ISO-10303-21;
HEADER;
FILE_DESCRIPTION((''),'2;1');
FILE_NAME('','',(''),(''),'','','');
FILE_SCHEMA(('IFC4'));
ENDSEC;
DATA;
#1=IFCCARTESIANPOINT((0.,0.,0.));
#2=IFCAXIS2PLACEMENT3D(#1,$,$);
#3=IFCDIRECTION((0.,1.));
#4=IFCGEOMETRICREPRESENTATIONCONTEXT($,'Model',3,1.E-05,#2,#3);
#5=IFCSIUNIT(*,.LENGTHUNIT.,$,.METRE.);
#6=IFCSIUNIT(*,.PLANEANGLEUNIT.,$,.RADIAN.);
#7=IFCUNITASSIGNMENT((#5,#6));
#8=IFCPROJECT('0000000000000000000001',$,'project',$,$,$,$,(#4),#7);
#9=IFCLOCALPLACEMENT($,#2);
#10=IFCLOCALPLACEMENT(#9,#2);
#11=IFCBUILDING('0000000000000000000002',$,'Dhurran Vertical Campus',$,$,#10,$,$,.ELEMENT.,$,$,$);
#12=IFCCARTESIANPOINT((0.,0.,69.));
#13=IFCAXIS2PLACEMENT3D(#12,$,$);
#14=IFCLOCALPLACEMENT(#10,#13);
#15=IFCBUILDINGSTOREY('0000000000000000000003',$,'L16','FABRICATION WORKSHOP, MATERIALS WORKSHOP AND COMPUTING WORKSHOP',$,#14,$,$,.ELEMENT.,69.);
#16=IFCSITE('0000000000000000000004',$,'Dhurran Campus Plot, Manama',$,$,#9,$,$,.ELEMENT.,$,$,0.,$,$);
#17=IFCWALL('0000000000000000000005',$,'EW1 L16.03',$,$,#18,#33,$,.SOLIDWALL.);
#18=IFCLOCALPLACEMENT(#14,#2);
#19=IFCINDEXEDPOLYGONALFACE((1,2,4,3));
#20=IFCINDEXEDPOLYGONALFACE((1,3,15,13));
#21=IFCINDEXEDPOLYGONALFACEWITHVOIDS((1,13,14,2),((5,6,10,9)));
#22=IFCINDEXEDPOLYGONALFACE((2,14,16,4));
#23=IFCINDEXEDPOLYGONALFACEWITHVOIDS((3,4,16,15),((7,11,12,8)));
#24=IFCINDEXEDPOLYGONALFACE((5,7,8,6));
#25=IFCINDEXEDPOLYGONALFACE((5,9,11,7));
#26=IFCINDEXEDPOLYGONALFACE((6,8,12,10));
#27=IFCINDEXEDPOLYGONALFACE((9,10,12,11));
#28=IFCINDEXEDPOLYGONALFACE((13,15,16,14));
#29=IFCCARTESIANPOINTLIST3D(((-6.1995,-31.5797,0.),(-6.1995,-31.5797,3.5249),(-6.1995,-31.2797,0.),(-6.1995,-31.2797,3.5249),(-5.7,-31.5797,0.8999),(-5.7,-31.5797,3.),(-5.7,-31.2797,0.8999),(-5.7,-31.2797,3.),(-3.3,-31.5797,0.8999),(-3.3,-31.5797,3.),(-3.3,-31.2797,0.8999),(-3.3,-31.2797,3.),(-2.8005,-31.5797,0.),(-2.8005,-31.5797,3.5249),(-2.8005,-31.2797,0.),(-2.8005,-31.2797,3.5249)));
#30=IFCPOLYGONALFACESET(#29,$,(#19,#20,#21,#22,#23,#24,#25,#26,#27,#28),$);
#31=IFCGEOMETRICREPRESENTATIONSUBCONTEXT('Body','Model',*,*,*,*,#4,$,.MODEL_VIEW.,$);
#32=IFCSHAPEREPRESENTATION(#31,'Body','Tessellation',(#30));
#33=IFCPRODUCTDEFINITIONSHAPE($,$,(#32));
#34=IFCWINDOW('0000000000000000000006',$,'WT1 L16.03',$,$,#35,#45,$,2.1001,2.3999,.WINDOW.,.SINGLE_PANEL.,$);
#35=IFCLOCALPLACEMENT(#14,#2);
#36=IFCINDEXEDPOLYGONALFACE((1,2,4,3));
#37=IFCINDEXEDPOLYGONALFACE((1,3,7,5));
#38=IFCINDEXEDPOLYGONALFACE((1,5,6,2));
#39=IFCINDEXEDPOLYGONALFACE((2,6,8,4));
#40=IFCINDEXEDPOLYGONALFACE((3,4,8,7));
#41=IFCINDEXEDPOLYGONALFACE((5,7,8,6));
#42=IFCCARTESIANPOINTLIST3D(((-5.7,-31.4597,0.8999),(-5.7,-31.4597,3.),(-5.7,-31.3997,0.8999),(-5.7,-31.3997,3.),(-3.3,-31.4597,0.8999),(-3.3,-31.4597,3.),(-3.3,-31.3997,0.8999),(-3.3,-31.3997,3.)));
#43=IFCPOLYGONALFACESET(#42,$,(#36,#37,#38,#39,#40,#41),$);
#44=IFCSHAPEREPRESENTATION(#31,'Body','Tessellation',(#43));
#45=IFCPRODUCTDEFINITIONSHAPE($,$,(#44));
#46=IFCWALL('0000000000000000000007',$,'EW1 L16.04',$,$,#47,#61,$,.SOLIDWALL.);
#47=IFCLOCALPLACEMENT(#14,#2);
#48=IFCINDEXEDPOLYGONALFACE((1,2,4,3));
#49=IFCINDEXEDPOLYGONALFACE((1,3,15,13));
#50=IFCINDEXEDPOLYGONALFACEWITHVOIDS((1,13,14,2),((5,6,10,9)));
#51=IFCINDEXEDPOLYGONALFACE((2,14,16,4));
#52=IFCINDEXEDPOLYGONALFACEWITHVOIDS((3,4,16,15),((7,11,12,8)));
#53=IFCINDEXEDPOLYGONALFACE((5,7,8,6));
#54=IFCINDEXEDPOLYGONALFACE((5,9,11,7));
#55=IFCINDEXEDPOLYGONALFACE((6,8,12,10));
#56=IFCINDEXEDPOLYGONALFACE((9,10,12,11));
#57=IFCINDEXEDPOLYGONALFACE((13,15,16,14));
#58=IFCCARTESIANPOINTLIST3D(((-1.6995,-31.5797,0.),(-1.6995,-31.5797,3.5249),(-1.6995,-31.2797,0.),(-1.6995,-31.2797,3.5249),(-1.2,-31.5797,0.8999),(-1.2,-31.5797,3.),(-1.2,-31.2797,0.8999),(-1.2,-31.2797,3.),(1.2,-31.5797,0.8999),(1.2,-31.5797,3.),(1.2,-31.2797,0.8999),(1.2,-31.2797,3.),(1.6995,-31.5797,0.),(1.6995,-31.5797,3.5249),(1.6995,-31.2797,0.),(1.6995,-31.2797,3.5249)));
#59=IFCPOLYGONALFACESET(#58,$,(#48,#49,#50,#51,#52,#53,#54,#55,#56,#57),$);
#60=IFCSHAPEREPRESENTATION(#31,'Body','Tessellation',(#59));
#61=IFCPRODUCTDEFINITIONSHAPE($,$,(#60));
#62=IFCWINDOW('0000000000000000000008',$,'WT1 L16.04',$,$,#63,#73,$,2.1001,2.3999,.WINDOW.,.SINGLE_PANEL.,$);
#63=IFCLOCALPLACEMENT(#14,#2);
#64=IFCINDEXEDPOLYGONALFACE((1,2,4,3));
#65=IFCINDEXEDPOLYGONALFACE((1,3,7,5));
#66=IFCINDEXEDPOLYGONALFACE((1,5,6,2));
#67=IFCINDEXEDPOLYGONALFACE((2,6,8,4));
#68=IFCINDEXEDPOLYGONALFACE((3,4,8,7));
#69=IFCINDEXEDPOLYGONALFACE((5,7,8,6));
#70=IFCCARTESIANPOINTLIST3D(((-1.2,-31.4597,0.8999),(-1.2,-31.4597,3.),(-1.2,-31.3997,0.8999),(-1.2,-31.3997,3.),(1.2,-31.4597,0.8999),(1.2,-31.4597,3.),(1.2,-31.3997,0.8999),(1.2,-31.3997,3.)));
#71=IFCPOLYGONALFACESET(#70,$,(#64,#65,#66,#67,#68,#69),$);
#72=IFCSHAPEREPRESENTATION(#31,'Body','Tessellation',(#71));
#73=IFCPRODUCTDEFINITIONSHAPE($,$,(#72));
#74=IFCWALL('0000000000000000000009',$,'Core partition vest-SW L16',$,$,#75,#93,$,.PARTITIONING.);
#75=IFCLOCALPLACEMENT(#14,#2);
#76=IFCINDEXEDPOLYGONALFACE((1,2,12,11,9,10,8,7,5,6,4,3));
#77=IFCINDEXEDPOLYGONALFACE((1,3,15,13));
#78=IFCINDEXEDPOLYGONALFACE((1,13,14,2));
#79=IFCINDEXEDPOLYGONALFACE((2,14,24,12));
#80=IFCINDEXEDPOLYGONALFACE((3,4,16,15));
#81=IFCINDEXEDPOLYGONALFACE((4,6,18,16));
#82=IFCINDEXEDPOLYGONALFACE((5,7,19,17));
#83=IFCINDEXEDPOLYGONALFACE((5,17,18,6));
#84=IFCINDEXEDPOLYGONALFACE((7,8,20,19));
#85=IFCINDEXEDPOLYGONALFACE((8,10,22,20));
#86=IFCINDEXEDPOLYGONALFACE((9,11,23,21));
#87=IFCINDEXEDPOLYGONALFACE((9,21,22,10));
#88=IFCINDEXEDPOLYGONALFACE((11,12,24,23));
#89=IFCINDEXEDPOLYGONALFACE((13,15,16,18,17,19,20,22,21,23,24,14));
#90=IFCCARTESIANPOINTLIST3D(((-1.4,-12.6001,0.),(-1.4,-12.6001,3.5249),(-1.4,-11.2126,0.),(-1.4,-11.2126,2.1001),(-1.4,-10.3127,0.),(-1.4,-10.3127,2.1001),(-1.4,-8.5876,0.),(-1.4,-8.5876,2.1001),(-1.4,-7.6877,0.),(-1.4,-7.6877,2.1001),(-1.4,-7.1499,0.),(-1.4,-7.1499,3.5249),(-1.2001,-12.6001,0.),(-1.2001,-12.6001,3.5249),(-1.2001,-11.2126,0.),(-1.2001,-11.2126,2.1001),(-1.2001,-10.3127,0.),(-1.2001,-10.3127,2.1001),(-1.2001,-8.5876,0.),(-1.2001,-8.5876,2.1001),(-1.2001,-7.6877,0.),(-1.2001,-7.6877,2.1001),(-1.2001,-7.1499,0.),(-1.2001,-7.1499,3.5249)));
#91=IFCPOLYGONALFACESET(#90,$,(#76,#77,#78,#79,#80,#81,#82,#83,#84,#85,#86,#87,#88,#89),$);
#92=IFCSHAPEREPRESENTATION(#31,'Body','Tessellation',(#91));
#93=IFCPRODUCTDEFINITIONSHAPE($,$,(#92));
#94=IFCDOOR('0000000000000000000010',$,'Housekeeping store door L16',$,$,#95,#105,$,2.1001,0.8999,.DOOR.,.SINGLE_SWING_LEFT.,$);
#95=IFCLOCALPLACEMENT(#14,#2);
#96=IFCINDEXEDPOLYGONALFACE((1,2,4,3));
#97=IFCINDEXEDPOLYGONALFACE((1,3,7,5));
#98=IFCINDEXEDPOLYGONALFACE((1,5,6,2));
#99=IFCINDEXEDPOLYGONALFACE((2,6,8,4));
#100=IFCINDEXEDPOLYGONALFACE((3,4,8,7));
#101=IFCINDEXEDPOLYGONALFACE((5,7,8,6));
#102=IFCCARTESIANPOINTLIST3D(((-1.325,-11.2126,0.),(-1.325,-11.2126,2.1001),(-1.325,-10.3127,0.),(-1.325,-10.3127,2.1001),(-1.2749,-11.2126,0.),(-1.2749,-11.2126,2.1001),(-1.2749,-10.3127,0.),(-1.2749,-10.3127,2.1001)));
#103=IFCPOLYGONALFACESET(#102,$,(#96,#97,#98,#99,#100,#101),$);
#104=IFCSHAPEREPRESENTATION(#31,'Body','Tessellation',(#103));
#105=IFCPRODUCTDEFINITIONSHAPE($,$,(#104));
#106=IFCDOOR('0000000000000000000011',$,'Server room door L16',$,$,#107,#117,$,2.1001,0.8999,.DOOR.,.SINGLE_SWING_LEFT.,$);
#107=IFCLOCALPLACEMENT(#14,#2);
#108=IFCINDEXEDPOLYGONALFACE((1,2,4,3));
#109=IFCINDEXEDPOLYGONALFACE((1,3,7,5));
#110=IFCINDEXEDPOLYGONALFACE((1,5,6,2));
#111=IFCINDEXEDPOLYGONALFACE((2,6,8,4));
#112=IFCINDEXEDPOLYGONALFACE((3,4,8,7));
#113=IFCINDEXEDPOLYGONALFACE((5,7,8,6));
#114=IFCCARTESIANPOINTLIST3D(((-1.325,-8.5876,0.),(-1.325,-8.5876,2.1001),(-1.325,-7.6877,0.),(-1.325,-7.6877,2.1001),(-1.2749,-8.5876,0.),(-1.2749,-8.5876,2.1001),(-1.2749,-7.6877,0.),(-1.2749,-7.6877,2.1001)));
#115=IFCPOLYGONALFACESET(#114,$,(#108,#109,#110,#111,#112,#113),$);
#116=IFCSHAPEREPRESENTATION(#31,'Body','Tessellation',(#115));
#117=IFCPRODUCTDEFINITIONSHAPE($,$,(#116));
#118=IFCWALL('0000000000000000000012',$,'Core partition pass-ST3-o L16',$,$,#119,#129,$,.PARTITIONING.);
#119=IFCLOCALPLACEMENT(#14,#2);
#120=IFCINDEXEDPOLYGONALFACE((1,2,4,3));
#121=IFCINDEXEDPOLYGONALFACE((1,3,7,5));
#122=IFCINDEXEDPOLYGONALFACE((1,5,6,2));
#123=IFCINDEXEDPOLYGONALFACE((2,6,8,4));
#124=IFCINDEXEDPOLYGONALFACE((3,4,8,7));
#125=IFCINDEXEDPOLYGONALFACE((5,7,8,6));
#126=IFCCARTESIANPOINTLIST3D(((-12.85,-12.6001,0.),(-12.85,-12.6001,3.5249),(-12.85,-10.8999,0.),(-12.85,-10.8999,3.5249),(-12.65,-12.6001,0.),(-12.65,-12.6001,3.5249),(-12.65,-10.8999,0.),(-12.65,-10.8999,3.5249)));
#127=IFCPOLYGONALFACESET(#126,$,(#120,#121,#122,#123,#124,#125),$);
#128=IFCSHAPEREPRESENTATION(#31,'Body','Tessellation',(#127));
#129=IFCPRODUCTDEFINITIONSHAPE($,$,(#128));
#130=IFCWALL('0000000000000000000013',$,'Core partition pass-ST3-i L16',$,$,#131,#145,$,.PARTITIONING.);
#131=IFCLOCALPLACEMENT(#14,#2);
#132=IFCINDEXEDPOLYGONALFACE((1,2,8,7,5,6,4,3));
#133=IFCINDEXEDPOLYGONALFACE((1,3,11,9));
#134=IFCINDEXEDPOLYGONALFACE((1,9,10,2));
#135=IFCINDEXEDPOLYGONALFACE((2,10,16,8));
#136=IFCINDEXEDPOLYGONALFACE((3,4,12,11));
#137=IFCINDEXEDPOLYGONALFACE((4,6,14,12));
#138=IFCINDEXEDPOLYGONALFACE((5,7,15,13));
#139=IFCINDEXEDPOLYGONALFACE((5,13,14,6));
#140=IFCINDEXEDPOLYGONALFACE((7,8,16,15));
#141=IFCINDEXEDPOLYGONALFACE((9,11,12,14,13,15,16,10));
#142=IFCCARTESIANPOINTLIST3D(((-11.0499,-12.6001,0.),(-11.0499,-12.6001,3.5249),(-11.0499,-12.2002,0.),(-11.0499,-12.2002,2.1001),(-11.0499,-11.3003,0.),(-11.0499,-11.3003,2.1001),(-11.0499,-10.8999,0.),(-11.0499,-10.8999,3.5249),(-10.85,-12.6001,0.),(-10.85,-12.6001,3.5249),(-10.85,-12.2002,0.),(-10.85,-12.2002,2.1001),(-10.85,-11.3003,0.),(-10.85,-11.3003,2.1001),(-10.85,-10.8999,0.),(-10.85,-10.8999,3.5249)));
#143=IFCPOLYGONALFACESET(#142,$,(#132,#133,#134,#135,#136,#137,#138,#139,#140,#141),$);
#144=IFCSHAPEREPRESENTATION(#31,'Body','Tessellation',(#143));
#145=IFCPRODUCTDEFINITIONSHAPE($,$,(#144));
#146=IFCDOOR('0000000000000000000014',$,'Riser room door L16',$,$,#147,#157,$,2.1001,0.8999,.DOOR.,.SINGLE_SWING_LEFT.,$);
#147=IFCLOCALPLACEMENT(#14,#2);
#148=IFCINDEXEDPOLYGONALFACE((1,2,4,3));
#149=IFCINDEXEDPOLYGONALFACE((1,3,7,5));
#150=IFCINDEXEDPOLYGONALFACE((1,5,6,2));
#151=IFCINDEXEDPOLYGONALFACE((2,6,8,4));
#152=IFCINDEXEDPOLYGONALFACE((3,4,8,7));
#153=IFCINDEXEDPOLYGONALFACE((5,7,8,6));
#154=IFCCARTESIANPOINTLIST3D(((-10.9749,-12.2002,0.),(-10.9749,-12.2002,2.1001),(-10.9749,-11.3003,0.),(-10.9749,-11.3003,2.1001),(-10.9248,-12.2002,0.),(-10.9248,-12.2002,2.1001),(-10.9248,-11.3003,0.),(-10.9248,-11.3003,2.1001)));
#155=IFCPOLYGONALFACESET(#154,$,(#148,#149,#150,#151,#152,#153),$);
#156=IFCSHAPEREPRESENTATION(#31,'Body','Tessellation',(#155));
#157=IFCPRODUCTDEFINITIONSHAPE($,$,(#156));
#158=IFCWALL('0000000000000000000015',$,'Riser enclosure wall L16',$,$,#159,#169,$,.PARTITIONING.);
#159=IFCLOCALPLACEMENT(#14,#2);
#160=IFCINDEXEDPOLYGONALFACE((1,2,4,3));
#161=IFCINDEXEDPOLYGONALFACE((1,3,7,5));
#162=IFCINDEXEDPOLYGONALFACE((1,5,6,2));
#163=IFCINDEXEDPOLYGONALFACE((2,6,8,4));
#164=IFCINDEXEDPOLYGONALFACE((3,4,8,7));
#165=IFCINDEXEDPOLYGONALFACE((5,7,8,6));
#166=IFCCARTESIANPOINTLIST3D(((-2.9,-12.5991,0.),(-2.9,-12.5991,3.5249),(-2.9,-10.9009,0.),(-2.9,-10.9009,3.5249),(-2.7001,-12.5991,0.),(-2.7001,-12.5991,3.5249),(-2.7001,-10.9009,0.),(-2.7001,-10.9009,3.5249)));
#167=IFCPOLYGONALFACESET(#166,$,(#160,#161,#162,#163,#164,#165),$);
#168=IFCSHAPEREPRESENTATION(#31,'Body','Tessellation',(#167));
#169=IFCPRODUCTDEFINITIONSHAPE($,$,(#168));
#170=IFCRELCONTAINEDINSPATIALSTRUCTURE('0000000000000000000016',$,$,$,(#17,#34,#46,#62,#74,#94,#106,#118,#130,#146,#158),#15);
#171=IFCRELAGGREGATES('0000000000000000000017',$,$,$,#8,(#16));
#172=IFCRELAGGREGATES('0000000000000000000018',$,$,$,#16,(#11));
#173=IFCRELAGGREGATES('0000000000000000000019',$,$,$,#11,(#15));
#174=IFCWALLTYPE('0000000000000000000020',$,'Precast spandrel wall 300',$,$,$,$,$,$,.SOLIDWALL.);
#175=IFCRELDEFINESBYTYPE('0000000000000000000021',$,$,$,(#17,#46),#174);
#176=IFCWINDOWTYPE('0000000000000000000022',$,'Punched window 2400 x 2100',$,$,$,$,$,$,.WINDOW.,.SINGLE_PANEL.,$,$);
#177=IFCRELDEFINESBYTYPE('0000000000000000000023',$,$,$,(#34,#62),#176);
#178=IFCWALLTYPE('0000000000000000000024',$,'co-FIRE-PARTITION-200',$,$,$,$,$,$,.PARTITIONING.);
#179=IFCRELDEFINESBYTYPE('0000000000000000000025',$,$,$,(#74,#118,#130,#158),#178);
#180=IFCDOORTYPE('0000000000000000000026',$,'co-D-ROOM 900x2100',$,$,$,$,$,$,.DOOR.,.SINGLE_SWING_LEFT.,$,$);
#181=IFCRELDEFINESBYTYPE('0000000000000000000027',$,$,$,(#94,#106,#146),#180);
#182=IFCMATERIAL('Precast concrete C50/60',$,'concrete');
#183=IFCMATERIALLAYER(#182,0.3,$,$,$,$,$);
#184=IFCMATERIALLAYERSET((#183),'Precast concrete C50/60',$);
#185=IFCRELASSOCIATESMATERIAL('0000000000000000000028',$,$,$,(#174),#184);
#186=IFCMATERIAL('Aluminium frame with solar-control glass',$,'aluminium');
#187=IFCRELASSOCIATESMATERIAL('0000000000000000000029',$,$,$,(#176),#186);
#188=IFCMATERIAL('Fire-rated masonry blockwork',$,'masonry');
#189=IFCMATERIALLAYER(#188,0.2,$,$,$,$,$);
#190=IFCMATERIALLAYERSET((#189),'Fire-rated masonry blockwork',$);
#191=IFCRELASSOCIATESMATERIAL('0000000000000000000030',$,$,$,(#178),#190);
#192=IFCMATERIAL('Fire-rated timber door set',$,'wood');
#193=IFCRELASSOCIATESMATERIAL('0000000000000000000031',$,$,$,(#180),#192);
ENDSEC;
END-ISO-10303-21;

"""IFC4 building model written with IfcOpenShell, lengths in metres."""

from ifc_helpers import new_model, si_unit, direction, frame, frame_2d, origin, place, context, subcontext, project, spatial, rectangle, extrude, material, layer, layer_set, type_object, element, fill, save


model = new_model("IFC4")

# Units and contexts
model_context = context("Model", 3, precision=1e-05, world=origin(), true_north=direction((0.0, 1.0)))
body_context = subcontext(model_context, "Body", "Model", "MODEL_VIEW")
ifc_project = project(units=[si_unit("LENGTHUNIT", "METRE"), si_unit("PLANEANGLEUNIT", "RADIAN")], contexts=[model_context])

# Site, building, storey
site_placement = place(None, origin())
site = spatial("IfcSite", under=ifc_project, at=site_placement, Name="Dhurran Campus Plot, Manama", CompositionType="ELEMENT", RefElevation=0.0)
building_placement = place(site_placement, origin())
building = spatial("IfcBuilding", under=site, at=building_placement, Name="Dhurran Vertical Campus", CompositionType="ELEMENT")
storey_placement = place(building_placement, frame((0.0, 0.0, 69.0)))
storey = spatial("IfcBuildingStorey", under=building, at=storey_placement, Name="L16", Description="FABRICATION WORKSHOP, MATERIALS WORKSHOP AND COMPUTING WORKSHOP", CompositionType="ELEMENT", Elevation=69.0)

# Walls, openings, windows
ifc_material_1 = material(Name="Precast concrete C50/60", Category="concrete")
ifc_layer_1 = layer(ifc_material_1, 0.3)
ifc_layer_set_1 = layer_set([ifc_layer_1], Name="Precast concrete C50/60")
wall_type_1 = type_object("IfcWallType", Name="Precast spandrel wall 300", PredefinedType="SOLIDWALL", material=ifc_layer_set_1)
ifc_material_2 = material(Name="Aluminium frame with solar-control glass", Category="aluminium")
window_type = type_object("IfcWindowType", Name="Punched window 2400 x 2100", PartitioningType="SINGLE_PANEL", PredefinedType="WINDOW", material=ifc_material_2)
wall_1_placement = place(storey_placement, frame((-6.1995, -31.4297, 0.0), z_axis=(0.0, 0.0, 1.0), x_axis=(1.0, 0.0, 0.0)))
wall_1 = element("IfcWall", 1, at=wall_1_placement, inside=storey, type_object=wall_type_1, Name="EW1 L16.03", PredefinedType="SOLIDWALL", context=body_context, shape_type="SweptSolid", body=[
    extrude(rectangle(XDim=3.3989, YDim=0.3, at=frame_2d((1.6995, 0.0))), origin(), (0.0, 0.0, 1.0), 3.5249),
])
opening_1_placement = place(wall_1_placement, frame((0.4995, 0.0, 0.8999)))
opening_1 = element("IfcOpeningElement", 2, at=opening_1_placement, cuts=wall_1, PredefinedType="OPENING", context=body_context, shape_type="SweptSolid", body=[
    extrude(rectangle(XDim=2.3999, YDim=2.1001, at=frame_2d((1.2, 1.05))), frame((0.0, 0.1599, 0.0), z_axis=(0.0, -1.0, 0.0), x_axis=(1.0, 0.0, 0.0)), (0.0, 0.0, 1.0), 0.3201),
])
window_1_placement = place(opening_1_placement, origin())
window_1 = element("IfcWindow", 3, at=window_1_placement, inside=storey, type_object=window_type, Name="WT1 L16.03", OverallHeight=2.1001, OverallWidth=2.3999, PartitioningType="SINGLE_PANEL", PredefinedType="WINDOW", context=body_context, shape_type="SweptSolid", body=[
    extrude(rectangle(XDim=2.3999, YDim=2.1001, at=frame_2d((1.2, 1.05))), frame((0.0, 0.03, 0.0), z_axis=(0.0, -1.0, 0.0), x_axis=(1.0, 0.0, 0.0)), (0.0, 0.0, 1.0), 0.0601),
])
fill(opening_1, window_1)
wall_2_placement = place(storey_placement, frame((-1.6995, -31.4297, 0.0), z_axis=(0.0, 0.0, 1.0), x_axis=(1.0, 0.0, 0.0)))
wall_2 = element("IfcWall", 4, at=wall_2_placement, inside=storey, type_object=wall_type_1, Name="EW1 L16.04", PredefinedType="SOLIDWALL", context=body_context, shape_type="SweptSolid", body=[
    extrude(rectangle(XDim=3.3989, YDim=0.3, at=frame_2d((1.6995, 0.0))), origin(), (0.0, 0.0, 1.0), 3.5249),
])
opening_2_placement = place(wall_2_placement, frame((0.4995, 0.0, 0.8999)))
opening_2 = element("IfcOpeningElement", 5, at=opening_2_placement, cuts=wall_2, PredefinedType="OPENING", context=body_context, shape_type="SweptSolid", body=[
    extrude(rectangle(XDim=2.3999, YDim=2.1001, at=frame_2d((1.2, 1.05))), frame((0.0, 0.1599, 0.0), z_axis=(0.0, -1.0, 0.0), x_axis=(1.0, 0.0, 0.0)), (0.0, 0.0, 1.0), 0.3201),
])
window_2_placement = place(opening_2_placement, origin())
window_2 = element("IfcWindow", 6, at=window_2_placement, inside=storey, type_object=window_type, Name="WT1 L16.04", OverallHeight=2.1001, OverallWidth=2.3999, PartitioningType="SINGLE_PANEL", PredefinedType="WINDOW", context=body_context, shape_type="SweptSolid", body=[
    extrude(rectangle(XDim=2.3999, YDim=2.1001, at=frame_2d((1.2, 1.05))), frame((0.0, 0.03, 0.0), z_axis=(0.0, -1.0, 0.0), x_axis=(1.0, 0.0, 0.0)), (0.0, 0.0, 1.0), 0.0601),
])
fill(opening_2, window_2)

# Wall, openings, doors
ifc_material_3 = material(Name="Fire-rated masonry blockwork", Category="masonry")
ifc_layer_2 = layer(ifc_material_3, 0.2)
ifc_layer_set_2 = layer_set([ifc_layer_2], Name="Fire-rated masonry blockwork")
wall_type_2 = type_object("IfcWallType", Name="co-FIRE-PARTITION-200", PredefinedType="PARTITIONING", material=ifc_layer_set_2)
wall_3_placement = place(storey_placement, frame((-1.3, -12.6001, 0.0), z_axis=(0.0, 0.0, 1.0), x_axis=(0.0, 1.0, 0.0)))
wall_3 = element("IfcWall", 7, at=wall_3_placement, inside=storey, type_object=wall_type_2, Name="Core partition vest-SW L16", PredefinedType="PARTITIONING", context=body_context, shape_type="SweptSolid", body=[
    extrude(rectangle(XDim=5.4502, YDim=0.2, at=frame_2d((2.7251, 0.0))), origin(), (0.0, 0.0, 1.0), 3.5249),
])
opening_3_placement = place(wall_3_placement, frame((1.3875, 0.0, 0.0)))
opening_3 = element("IfcOpeningElement", 8, at=opening_3_placement, cuts=wall_3, PredefinedType="OPENING", context=body_context, shape_type="SweptSolid", body=[
    extrude(rectangle(XDim=0.8999, YDim=2.1001, at=frame_2d((0.45, 1.05))), frame((0.0, 0.1099, 0.0), z_axis=(0.0, -1.0, 0.0), x_axis=(1.0, 0.0, 0.0)), (0.0, 0.0, 1.0), 0.22),
])
opening_4_placement = place(wall_3_placement, frame((4.0125, 0.0, 0.0)))
opening_4 = element("IfcOpeningElement", 9, at=opening_4_placement, cuts=wall_3, PredefinedType="OPENING", context=body_context, shape_type="SweptSolid", body=[
    extrude(rectangle(XDim=0.8999, YDim=2.1001, at=frame_2d((0.45, 1.05))), frame((0.0, 0.1099, 0.0), z_axis=(0.0, -1.0, 0.0), x_axis=(1.0, 0.0, 0.0)), (0.0, 0.0, 1.0), 0.22),
])
ifc_material_4 = material(Name="Fire-rated timber door set", Category="wood")
door_type_1 = type_object("IfcDoorType", Name="co-D-ROOM 900x2100", OperationType="SINGLE_SWING_LEFT", PredefinedType="DOOR", material=ifc_material_4)
door_1_placement = place(opening_3_placement, origin())
door_1 = element("IfcDoor", 10, at=door_1_placement, inside=storey, type_object=door_type_1, Name="Housekeeping store door L16", OperationType="SINGLE_SWING_LEFT", OverallHeight=2.1001, OverallWidth=0.8999, PredefinedType="DOOR", context=body_context, shape_type="SweptSolid", body=[
    extrude(rectangle(XDim=0.8999, YDim=2.1001, at=frame_2d((0.45, 1.05))), frame((0.0, 0.0249, 0.0), z_axis=(0.0, -1.0, 0.0), x_axis=(1.0, 0.0, 0.0)), (0.0, 0.0, 1.0), 0.05),
])
fill(opening_3, door_1)
door_2_placement = place(opening_4_placement, origin())
door_2 = element("IfcDoor", 11, at=door_2_placement, inside=storey, type_object=door_type_1, Name="Server room door L16", OperationType="SINGLE_SWING_LEFT", OverallHeight=2.1001, OverallWidth=0.8999, PredefinedType="DOOR", context=body_context, shape_type="SweptSolid", body=[
    extrude(rectangle(XDim=0.8999, YDim=2.1001, at=frame_2d((0.45, 1.05))), frame((0.0, 0.0249, 0.0), z_axis=(0.0, -1.0, 0.0), x_axis=(1.0, 0.0, 0.0)), (0.0, 0.0, 1.0), 0.05),
])
fill(opening_4, door_2)

# Wall
wall_4_placement = place(storey_placement, frame((-12.75, -12.6001, 0.0), z_axis=(0.0, 0.0, 1.0), x_axis=(0.0, 1.0, 0.0)))
element("IfcWall", 12, at=wall_4_placement, inside=storey, type_object=wall_type_2, Name="Core partition pass-ST3-o L16", PredefinedType="PARTITIONING", context=body_context, shape_type="SweptSolid", body=[
    extrude(rectangle(XDim=1.7002, YDim=0.2, at=frame_2d((0.8501, 0.0))), origin(), (0.0, 0.0, 1.0), 3.5249),
])

# Wall, opening, door
wall_5_placement = place(storey_placement, frame((-10.95, -12.6001, 0.0), z_axis=(0.0, 0.0, 1.0), x_axis=(0.0, 1.0, 0.0)))
wall_5 = element("IfcWall", 13, at=wall_5_placement, inside=storey, type_object=wall_type_2, Name="Core partition pass-ST3-i L16", PredefinedType="PARTITIONING", context=body_context, shape_type="SweptSolid", body=[
    extrude(rectangle(XDim=1.7002, YDim=0.2, at=frame_2d((0.8501, 0.0))), origin(), (0.0, 0.0, 1.0), 3.5249),
])
opening_5_placement = place(wall_5_placement, frame((0.3999, 0.0, 0.0)))
opening_5 = element("IfcOpeningElement", 14, at=opening_5_placement, cuts=wall_5, PredefinedType="OPENING", context=body_context, shape_type="SweptSolid", body=[
    extrude(rectangle(XDim=0.8999, YDim=2.1001, at=frame_2d((0.45, 1.05))), frame((0.0, 0.1099, 0.0), z_axis=(0.0, -1.0, 0.0), x_axis=(1.0, 0.0, 0.0)), (0.0, 0.0, 1.0), 0.22),
])
door_3_placement = place(opening_5_placement, origin())
door_3 = element("IfcDoor", 15, at=door_3_placement, inside=storey, type_object=door_type_1, Name="Riser room door L16", OperationType="SINGLE_SWING_LEFT", OverallHeight=2.1001, OverallWidth=0.8999, PredefinedType="DOOR", context=body_context, shape_type="SweptSolid", body=[
    extrude(rectangle(XDim=0.8999, YDim=2.1001, at=frame_2d((0.45, 1.05))), frame((0.0, 0.0249, 0.0), z_axis=(0.0, -1.0, 0.0), x_axis=(1.0, 0.0, 0.0)), (0.0, 0.0, 1.0), 0.05),
])
fill(opening_5, door_3)

# Wall
wall_6_placement = place(storey_placement, frame((-2.8, -12.5991, 0.0), z_axis=(0.0, 0.0, 1.0), x_axis=(0.0, 1.0, 0.0)))
element("IfcWall", 16, at=wall_6_placement, inside=storey, type_object=wall_type_2, Name="Riser enclosure wall L16", PredefinedType="PARTITIONING", context=body_context, shape_type="SweptSolid", body=[
    extrude(rectangle(XDim=1.6982, YDim=0.2, at=frame_2d((0.8491, 0.0))), origin(), (0.0, 0.0, 1.0), 3.5249),
])

save(model, "model.ifc")
